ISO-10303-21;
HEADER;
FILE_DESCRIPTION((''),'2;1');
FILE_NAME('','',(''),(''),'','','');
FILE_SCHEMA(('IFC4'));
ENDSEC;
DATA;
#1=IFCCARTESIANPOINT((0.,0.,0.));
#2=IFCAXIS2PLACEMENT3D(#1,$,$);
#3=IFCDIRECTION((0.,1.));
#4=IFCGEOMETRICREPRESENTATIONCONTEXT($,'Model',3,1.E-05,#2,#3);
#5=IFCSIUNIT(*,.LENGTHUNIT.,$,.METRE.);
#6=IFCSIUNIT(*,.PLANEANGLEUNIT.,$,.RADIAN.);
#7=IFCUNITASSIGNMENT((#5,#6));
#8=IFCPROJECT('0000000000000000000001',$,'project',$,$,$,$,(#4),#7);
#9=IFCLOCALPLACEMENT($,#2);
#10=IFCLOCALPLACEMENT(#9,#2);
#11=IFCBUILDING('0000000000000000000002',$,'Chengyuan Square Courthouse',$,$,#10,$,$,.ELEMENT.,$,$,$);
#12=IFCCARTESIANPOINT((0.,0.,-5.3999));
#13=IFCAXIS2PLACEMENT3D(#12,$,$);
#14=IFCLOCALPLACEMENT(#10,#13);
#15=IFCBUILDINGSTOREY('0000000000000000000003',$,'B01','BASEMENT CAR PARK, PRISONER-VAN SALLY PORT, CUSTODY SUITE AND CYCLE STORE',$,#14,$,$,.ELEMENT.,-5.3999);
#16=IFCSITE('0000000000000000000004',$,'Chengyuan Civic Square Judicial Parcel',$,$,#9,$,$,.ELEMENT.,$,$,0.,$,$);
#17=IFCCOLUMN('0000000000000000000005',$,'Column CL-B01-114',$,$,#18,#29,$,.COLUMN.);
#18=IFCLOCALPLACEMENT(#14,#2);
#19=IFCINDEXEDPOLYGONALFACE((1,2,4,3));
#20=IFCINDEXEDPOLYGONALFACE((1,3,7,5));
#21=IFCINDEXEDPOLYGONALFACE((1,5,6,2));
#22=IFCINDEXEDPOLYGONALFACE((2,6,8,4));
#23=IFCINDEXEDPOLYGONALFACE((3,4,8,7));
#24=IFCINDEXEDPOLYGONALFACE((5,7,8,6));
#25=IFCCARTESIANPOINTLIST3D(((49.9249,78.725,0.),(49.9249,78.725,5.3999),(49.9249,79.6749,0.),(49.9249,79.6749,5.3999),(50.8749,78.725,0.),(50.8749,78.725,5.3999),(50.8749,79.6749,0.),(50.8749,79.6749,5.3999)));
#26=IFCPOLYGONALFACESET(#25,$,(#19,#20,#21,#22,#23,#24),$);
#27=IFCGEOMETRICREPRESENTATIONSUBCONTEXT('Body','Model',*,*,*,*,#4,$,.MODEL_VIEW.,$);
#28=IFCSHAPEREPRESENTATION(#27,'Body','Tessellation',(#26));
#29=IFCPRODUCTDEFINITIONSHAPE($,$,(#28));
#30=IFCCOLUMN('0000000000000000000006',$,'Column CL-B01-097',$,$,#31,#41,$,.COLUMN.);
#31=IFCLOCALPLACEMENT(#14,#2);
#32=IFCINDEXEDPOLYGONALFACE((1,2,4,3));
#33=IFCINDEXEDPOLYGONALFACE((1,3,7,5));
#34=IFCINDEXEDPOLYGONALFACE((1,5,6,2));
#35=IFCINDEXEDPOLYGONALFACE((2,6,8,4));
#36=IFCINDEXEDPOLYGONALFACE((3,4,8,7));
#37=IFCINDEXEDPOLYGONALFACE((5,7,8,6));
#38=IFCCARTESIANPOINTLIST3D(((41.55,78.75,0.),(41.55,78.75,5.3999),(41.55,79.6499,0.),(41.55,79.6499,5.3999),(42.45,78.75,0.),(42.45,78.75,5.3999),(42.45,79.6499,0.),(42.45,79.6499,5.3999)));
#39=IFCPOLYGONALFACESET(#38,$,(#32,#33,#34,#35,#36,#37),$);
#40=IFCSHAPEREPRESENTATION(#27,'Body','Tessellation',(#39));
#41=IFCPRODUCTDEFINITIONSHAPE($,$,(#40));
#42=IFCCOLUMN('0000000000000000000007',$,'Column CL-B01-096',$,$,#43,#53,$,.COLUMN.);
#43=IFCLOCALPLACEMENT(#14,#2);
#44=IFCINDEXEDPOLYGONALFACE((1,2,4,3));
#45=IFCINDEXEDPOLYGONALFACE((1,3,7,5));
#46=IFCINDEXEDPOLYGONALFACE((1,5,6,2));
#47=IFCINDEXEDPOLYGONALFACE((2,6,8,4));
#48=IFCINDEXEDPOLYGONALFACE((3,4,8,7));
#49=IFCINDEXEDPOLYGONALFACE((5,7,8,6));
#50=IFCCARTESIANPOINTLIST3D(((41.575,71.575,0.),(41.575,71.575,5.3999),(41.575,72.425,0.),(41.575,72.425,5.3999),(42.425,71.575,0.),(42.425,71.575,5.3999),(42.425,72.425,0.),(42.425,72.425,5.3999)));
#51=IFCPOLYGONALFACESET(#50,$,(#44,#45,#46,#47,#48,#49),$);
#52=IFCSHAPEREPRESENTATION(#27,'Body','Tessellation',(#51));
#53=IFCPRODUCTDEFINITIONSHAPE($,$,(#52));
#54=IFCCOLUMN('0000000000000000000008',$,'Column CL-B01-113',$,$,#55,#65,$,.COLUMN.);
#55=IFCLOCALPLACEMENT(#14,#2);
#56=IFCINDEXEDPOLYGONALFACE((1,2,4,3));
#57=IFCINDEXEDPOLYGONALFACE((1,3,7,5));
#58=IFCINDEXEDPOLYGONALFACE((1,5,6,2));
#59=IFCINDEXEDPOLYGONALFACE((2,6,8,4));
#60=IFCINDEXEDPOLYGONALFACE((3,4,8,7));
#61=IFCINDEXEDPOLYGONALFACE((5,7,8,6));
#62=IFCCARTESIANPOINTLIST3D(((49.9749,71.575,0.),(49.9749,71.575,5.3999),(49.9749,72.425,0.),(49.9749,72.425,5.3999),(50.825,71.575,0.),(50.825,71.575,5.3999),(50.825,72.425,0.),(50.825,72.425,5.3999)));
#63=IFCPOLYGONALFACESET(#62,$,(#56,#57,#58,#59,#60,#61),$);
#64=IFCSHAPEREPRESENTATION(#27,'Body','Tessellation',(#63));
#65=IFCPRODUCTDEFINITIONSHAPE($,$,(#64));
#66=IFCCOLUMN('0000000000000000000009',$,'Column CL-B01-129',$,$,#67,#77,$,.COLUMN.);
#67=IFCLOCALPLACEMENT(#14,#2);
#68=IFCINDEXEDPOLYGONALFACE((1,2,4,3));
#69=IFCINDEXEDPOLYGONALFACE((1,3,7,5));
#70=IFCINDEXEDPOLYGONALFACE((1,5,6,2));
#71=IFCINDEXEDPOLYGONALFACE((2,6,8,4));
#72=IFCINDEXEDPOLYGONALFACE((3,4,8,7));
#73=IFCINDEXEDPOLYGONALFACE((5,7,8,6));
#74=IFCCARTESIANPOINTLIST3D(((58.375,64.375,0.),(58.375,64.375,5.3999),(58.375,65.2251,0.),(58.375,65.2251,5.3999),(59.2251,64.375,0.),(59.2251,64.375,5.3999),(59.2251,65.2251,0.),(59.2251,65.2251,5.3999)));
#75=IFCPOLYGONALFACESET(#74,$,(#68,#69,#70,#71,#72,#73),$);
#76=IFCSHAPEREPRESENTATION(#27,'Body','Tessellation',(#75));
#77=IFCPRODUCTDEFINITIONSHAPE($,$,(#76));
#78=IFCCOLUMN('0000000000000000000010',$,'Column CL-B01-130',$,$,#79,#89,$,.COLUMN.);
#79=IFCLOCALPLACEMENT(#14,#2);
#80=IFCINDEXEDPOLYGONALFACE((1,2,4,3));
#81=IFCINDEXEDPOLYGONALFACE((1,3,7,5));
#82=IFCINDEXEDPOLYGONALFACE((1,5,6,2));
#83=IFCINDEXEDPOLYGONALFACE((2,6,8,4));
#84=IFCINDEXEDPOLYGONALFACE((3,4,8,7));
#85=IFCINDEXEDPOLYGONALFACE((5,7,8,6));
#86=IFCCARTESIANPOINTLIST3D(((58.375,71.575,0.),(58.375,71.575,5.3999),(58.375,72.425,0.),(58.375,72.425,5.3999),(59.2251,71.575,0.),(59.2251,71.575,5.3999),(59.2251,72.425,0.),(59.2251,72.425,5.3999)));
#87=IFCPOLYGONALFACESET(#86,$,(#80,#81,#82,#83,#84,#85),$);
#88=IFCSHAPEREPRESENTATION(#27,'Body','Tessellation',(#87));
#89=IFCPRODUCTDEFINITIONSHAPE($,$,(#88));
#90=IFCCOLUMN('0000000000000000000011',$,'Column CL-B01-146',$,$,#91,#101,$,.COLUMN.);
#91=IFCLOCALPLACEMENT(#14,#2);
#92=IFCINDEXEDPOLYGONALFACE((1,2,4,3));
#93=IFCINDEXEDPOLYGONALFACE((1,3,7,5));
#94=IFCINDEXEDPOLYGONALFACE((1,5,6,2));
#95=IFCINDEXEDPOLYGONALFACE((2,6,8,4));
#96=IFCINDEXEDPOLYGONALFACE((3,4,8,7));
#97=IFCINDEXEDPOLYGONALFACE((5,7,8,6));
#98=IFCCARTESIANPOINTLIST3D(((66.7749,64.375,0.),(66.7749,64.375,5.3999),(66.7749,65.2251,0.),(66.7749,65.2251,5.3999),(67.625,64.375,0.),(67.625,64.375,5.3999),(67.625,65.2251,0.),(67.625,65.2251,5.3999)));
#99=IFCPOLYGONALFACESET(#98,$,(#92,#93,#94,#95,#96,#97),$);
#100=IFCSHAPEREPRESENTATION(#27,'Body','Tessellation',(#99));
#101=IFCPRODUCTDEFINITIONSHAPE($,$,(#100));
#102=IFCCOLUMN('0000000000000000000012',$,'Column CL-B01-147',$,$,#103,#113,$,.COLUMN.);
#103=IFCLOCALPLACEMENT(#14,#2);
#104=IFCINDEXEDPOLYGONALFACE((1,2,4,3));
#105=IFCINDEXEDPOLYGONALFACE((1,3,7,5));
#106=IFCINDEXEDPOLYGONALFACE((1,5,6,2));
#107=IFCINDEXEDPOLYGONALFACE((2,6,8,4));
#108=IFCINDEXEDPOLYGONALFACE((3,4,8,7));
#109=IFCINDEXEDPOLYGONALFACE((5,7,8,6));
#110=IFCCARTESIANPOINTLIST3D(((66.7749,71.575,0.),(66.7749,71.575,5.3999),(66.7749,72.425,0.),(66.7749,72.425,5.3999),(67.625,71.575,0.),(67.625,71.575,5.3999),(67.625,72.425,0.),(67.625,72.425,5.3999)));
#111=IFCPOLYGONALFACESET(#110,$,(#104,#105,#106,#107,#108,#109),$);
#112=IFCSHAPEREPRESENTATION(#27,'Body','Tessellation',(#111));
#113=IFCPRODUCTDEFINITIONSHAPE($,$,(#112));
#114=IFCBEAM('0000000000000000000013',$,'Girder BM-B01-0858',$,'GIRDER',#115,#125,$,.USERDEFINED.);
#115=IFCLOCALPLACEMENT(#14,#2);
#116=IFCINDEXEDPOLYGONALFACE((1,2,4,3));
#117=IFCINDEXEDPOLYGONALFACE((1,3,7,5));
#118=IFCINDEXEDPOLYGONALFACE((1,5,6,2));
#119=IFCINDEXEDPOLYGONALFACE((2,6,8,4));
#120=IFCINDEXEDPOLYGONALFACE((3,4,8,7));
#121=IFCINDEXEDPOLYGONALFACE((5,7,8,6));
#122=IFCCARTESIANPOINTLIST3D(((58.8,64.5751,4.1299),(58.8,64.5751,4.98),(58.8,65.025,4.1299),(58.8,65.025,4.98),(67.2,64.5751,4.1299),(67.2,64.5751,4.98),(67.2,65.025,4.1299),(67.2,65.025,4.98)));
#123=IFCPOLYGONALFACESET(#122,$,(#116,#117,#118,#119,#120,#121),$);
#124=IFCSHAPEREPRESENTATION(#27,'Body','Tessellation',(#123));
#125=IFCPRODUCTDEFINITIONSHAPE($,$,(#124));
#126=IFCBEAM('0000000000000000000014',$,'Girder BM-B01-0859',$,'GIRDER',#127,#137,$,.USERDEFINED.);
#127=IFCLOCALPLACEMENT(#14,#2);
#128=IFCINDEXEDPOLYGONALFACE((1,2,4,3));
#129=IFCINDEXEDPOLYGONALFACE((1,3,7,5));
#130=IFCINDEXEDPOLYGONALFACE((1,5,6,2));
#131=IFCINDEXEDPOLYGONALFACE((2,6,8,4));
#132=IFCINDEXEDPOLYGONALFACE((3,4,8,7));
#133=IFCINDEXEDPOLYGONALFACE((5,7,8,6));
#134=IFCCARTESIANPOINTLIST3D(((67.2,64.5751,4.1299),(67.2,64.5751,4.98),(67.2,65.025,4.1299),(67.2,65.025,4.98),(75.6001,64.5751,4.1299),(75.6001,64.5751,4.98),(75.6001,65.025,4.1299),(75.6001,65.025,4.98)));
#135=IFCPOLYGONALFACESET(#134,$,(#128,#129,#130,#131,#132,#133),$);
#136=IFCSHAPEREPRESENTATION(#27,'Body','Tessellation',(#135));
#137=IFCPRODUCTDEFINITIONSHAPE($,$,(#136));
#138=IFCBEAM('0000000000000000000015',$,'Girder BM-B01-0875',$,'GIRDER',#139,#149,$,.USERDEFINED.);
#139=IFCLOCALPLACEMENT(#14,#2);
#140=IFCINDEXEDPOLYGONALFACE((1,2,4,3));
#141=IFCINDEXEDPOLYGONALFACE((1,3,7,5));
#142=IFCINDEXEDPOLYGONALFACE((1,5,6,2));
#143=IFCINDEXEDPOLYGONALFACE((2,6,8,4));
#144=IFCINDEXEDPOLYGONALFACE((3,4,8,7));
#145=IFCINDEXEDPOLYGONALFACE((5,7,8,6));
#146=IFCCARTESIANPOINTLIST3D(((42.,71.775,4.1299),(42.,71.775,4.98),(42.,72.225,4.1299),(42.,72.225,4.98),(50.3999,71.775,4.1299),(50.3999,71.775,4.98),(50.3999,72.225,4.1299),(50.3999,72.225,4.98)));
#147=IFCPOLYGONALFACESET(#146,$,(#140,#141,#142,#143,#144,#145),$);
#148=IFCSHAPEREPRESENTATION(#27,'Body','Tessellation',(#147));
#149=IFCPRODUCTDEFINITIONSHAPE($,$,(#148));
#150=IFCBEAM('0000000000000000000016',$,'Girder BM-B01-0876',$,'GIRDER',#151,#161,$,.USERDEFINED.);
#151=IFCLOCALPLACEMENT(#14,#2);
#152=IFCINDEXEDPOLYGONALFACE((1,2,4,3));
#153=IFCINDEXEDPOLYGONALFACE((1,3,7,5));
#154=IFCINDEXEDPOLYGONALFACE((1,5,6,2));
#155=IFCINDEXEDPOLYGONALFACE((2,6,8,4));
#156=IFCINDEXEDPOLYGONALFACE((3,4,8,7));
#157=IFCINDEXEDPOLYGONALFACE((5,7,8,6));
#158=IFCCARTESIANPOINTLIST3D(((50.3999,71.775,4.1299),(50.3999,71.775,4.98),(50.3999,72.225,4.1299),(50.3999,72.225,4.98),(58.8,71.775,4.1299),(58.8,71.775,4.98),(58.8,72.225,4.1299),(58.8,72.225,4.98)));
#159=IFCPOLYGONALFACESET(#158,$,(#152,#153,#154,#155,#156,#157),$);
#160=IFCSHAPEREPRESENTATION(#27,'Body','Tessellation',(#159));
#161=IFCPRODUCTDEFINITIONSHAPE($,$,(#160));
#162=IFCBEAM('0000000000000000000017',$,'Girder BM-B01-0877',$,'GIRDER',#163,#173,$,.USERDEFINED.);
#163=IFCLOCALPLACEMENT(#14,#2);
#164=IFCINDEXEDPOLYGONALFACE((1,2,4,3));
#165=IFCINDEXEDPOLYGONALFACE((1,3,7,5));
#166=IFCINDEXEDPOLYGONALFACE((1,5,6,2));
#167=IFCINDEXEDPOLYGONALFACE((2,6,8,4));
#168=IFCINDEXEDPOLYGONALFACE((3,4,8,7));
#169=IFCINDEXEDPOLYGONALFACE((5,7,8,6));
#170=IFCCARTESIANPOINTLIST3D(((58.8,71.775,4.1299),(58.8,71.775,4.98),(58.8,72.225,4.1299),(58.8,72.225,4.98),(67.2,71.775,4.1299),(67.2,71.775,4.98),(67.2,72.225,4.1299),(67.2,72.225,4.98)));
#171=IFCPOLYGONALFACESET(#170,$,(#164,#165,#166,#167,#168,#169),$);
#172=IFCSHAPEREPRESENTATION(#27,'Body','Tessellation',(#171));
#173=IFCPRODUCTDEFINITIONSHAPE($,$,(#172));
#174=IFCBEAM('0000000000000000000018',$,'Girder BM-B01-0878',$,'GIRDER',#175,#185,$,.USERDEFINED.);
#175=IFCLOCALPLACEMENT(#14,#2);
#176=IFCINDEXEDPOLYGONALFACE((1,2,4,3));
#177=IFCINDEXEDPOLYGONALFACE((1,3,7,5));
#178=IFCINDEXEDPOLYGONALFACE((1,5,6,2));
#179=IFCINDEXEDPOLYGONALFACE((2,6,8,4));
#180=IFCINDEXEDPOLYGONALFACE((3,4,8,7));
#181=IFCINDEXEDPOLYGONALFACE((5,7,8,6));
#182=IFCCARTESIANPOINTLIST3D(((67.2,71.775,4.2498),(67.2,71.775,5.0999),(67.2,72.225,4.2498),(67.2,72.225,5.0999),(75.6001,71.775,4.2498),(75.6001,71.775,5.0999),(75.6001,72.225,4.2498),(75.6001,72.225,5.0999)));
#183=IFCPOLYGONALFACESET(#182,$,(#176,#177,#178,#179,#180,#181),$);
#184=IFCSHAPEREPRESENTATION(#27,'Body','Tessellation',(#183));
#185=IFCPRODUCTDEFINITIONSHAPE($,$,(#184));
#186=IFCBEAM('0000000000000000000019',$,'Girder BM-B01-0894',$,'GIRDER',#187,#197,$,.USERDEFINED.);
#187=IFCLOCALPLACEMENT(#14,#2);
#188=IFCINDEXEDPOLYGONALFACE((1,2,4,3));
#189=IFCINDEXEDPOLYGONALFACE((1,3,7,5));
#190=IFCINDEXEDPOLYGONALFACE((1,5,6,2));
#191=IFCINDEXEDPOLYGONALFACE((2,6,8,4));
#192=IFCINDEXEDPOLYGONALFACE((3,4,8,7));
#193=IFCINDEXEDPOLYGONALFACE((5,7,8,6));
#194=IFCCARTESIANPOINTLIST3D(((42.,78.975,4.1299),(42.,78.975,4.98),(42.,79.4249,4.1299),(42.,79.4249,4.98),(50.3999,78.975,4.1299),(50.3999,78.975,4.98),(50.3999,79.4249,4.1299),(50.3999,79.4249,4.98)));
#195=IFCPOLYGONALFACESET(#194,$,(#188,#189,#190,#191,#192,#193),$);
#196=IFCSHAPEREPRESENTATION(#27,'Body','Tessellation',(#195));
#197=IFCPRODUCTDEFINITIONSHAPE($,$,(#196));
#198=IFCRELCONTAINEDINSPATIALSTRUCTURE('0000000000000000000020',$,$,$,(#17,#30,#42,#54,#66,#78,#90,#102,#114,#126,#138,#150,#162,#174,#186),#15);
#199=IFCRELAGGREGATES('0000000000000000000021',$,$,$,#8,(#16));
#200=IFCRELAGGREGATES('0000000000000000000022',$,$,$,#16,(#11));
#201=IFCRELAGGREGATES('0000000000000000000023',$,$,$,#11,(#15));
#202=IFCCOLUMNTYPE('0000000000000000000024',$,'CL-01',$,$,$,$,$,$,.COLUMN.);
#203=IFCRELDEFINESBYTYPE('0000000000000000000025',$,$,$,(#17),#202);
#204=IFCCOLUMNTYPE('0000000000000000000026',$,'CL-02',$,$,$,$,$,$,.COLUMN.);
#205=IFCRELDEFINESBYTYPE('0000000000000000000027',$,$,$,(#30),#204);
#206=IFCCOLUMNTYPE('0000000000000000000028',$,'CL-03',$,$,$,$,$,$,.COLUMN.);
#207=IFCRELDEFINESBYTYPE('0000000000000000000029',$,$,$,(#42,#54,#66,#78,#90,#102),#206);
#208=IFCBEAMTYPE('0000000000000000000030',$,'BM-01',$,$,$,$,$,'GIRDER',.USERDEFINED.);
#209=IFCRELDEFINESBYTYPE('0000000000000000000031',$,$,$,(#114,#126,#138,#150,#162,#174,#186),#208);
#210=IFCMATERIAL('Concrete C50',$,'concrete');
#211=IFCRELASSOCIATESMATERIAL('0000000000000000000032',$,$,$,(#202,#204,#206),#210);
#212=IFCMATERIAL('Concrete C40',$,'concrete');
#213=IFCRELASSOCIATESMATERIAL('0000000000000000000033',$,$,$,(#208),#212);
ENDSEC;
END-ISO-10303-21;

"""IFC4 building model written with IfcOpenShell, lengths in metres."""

from ifc_helpers import new_model, si_unit, direction, frame, origin, origin_2d, place, context, subcontext, project, spatial, rectangle, extrude, material, material_profile, profile_set, type_object, element, save


model = new_model("IFC4")

# Units and contexts
model_context = context("Model", 3, precision=1e-05, world=origin(), true_north=direction((0.0, 1.0)))
body_context = subcontext(model_context, "Body", "Model", "MODEL_VIEW")
ifc_project = project(units=[si_unit("LENGTHUNIT", "METRE"), si_unit("PLANEANGLEUNIT", "RADIAN")], contexts=[model_context])

# Site, building, storey
site_placement = place(None, origin())
site = spatial("IfcSite", under=ifc_project, at=site_placement, Name="Chengyuan Civic Square Judicial Parcel", CompositionType="ELEMENT", RefElevation=0.0)
building_placement = place(site_placement, origin())
building = spatial("IfcBuilding", under=site, at=building_placement, Name="Chengyuan Square Courthouse", CompositionType="ELEMENT")
storey_placement = place(building_placement, frame((0.0, 0.0, -5.3999)))
storey = spatial("IfcBuildingStorey", under=building, at=storey_placement, Name="B01", Description="BASEMENT CAR PARK, PRISONER-VAN SALLY PORT, CUSTODY SUITE AND CYCLE STORE", CompositionType="ELEMENT", Elevation=-5.3999)

# Columns
ifc_material_1 = material(Name="Concrete C50", Category="concrete")
ifc_material_profile_1 = material_profile(ifc_material_1, rectangle(XDim=0.95, YDim=0.95, at=origin_2d()), Name="RC-COL-950x950")
ifc_profile_set_1 = profile_set([ifc_material_profile_1], Name="Concrete C50")
column_type_1 = type_object("IfcColumnType", Name="CL-01", PredefinedType="COLUMN", material=ifc_profile_set_1)
column_1_placement = place(storey_placement, frame((50.3999, 79.2, 0.0), z_axis=(0.0, 0.0, 1.0), x_axis=(1.0, 0.0, 0.0)))
element("IfcColumn", 1, at=column_1_placement, inside=storey, type_object=column_type_1, Name="Column CL-B01-114", PredefinedType="COLUMN", context=body_context, shape_type="SweptSolid", body=[
    extrude(rectangle(XDim=0.95, YDim=0.95, at=origin_2d()), origin(), (0.0, 0.0, 1.0), 5.3999),
])
ifc_material_profile_2 = material_profile(ifc_material_1, rectangle(XDim=0.8999, YDim=0.8999, at=origin_2d()), Name="RC-COL-900x900")
ifc_profile_set_2 = profile_set([ifc_material_profile_2], Name="Concrete C50")
column_type_2 = type_object("IfcColumnType", Name="CL-02", PredefinedType="COLUMN", material=ifc_profile_set_2)
column_2_placement = place(storey_placement, frame((42.0, 79.2, 0.0), z_axis=(0.0, 0.0, 1.0), x_axis=(1.0, 0.0, 0.0)))
element("IfcColumn", 2, at=column_2_placement, inside=storey, type_object=column_type_2, Name="Column CL-B01-097", PredefinedType="COLUMN", context=body_context, shape_type="SweptSolid", body=[
    extrude(rectangle(XDim=0.8999, YDim=0.8999, at=origin_2d()), origin(), (0.0, 0.0, 1.0), 5.3999),
])
ifc_material_profile_3 = material_profile(ifc_material_1, rectangle(XDim=0.8501, YDim=0.8501, at=origin_2d()), Name="RC-COL-850x850")
ifc_profile_set_3 = profile_set([ifc_material_profile_3], Name="Concrete C50")
column_type_3 = type_object("IfcColumnType", Name="CL-03", PredefinedType="COLUMN", material=ifc_profile_set_3)
for number, where, z_axis, x_axis, name in (
    (3, (42.0, 72.0, 0.0), (0.0, 0.0, 1.0), (1.0, 0.0, 0.0), "Column CL-B01-096"),
    (4, (50.3999, 72.0, 0.0), (0.0, 0.0, 1.0), (1.0, 0.0, 0.0), "Column CL-B01-113"),
    (5, (58.8, 64.8, 0.0), (0.0, 0.0, 1.0), (1.0, 0.0, 0.0), "Column CL-B01-129"),
    (6, (58.8, 72.0, 0.0), (0.0, 0.0, 1.0), (1.0, 0.0, 0.0), "Column CL-B01-130"),
    (7, (67.2, 64.8, 0.0), (0.0, 0.0, 1.0), (1.0, 0.0, 0.0), "Column CL-B01-146"),
    (8, (67.2, 72.0, 0.0), (0.0, 0.0, 1.0), (1.0, 0.0, 0.0), "Column CL-B01-147"),
):
    element("IfcColumn", number, at=place(storey_placement, frame(where, z_axis=z_axis, x_axis=x_axis)), inside=storey, type_object=column_type_3, Name=name, PredefinedType="COLUMN", context=body_context, shape_type="SweptSolid", body=[
        extrude(rectangle(XDim=0.8501, YDim=0.8501, at=origin_2d()), origin(), (0.0, 0.0, 1.0), 5.3999),
    ])

# Beams
ifc_material_2 = material(Name="Concrete C40", Category="concrete")
ifc_material_profile_4 = material_profile(ifc_material_2, rectangle(XDim=0.45, YDim=0.8501, at=origin_2d()), Name="RC-BM-450x850")
ifc_profile_set_4 = profile_set([ifc_material_profile_4], Name="Concrete C40")
beam_type_1 = type_object("IfcBeamType", Name="BM-01", ElementType="GIRDER", PredefinedType="USERDEFINED", material=ifc_profile_set_4)
beam_1_placement = place(storey_placement, frame((58.8, 64.8, 4.5549), z_axis=(1.0, 0.0, 0.0), x_axis=(0.0, 1.0, 0.0)))
element("IfcBeam", 9, at=beam_1_placement, inside=storey, type_object=beam_type_1, Name="Girder BM-B01-0858", ObjectType="GIRDER", PredefinedType="USERDEFINED", context=body_context, shape_type="SweptSolid", body=[
    extrude(rectangle(XDim=0.45, YDim=0.8501, at=origin_2d()), origin(), (0.0, 0.0, 1.0), 8.3999),
])
beam_2_placement = place(storey_placement, frame((67.2, 64.8, 4.5549), z_axis=(1.0, 0.0, 0.0), x_axis=(0.0, 1.0, 0.0)))
element("IfcBeam", 10, at=beam_2_placement, inside=storey, type_object=beam_type_1, Name="Girder BM-B01-0859", ObjectType="GIRDER", PredefinedType="USERDEFINED", context=body_context, shape_type="SweptSolid", body=[
    extrude(rectangle(XDim=0.45, YDim=0.8501, at=origin_2d()), origin(), (0.0, 0.0, 1.0), 8.4001),
])
beam_3_placement = place(storey_placement, frame((42.0, 72.0, 4.5549), z_axis=(1.0, 0.0, 0.0), x_axis=(0.0, 1.0, 0.0)))
element("IfcBeam", 11, at=beam_3_placement, inside=storey, type_object=beam_type_1, Name="Girder BM-B01-0875", ObjectType="GIRDER", PredefinedType="USERDEFINED", context=body_context, shape_type="SweptSolid", body=[
    extrude(rectangle(XDim=0.45, YDim=0.8501, at=origin_2d()), origin(), (0.0, 0.0, 1.0), 8.3999),
])
beam_4_placement = place(storey_placement, frame((50.3999, 72.0, 4.5549), z_axis=(1.0, 0.0, 0.0), x_axis=(0.0, 1.0, 0.0)))
element("IfcBeam", 12, at=beam_4_placement, inside=storey, type_object=beam_type_1, Name="Girder BM-B01-0876", ObjectType="GIRDER", PredefinedType="USERDEFINED", context=body_context, shape_type="SweptSolid", body=[
    extrude(rectangle(XDim=0.45, YDim=0.8501, at=origin_2d()), origin(), (0.0, 0.0, 1.0), 8.4001),
])
beam_5_placement = place(storey_placement, frame((58.8, 72.0, 4.5549), z_axis=(1.0, 0.0, 0.0), x_axis=(0.0, 1.0, 0.0)))
element("IfcBeam", 13, at=beam_5_placement, inside=storey, type_object=beam_type_1, Name="Girder BM-B01-0877", ObjectType="GIRDER", PredefinedType="USERDEFINED", context=body_context, shape_type="SweptSolid", body=[
    extrude(rectangle(XDim=0.45, YDim=0.8501, at=origin_2d()), origin(), (0.0, 0.0, 1.0), 8.3999),
])
beam_6_placement = place(storey_placement, frame((67.2, 72.0, 4.6748), z_axis=(1.0, 0.0, 0.0), x_axis=(0.0, 1.0, 0.0)))
element("IfcBeam", 14, at=beam_6_placement, inside=storey, type_object=beam_type_1, Name="Girder BM-B01-0878", ObjectType="GIRDER", PredefinedType="USERDEFINED", context=body_context, shape_type="SweptSolid", body=[
    extrude(rectangle(XDim=0.45, YDim=0.8501, at=origin_2d()), origin(), (0.0, 0.0, 1.0), 8.4001),
])
beam_7_placement = place(storey_placement, frame((42.0, 79.2, 4.5549), z_axis=(1.0, 0.0, 0.0), x_axis=(0.0, 1.0, 0.0)))
element("IfcBeam", 15, at=beam_7_placement, inside=storey, type_object=beam_type_1, Name="Girder BM-B01-0894", ObjectType="GIRDER", PredefinedType="USERDEFINED", context=body_context, shape_type="SweptSolid", body=[
    extrude(rectangle(XDim=0.45, YDim=0.8501, at=origin_2d()), origin(), (0.0, 0.0, 1.0), 8.3999),
])

save(model, "model.ifc")
